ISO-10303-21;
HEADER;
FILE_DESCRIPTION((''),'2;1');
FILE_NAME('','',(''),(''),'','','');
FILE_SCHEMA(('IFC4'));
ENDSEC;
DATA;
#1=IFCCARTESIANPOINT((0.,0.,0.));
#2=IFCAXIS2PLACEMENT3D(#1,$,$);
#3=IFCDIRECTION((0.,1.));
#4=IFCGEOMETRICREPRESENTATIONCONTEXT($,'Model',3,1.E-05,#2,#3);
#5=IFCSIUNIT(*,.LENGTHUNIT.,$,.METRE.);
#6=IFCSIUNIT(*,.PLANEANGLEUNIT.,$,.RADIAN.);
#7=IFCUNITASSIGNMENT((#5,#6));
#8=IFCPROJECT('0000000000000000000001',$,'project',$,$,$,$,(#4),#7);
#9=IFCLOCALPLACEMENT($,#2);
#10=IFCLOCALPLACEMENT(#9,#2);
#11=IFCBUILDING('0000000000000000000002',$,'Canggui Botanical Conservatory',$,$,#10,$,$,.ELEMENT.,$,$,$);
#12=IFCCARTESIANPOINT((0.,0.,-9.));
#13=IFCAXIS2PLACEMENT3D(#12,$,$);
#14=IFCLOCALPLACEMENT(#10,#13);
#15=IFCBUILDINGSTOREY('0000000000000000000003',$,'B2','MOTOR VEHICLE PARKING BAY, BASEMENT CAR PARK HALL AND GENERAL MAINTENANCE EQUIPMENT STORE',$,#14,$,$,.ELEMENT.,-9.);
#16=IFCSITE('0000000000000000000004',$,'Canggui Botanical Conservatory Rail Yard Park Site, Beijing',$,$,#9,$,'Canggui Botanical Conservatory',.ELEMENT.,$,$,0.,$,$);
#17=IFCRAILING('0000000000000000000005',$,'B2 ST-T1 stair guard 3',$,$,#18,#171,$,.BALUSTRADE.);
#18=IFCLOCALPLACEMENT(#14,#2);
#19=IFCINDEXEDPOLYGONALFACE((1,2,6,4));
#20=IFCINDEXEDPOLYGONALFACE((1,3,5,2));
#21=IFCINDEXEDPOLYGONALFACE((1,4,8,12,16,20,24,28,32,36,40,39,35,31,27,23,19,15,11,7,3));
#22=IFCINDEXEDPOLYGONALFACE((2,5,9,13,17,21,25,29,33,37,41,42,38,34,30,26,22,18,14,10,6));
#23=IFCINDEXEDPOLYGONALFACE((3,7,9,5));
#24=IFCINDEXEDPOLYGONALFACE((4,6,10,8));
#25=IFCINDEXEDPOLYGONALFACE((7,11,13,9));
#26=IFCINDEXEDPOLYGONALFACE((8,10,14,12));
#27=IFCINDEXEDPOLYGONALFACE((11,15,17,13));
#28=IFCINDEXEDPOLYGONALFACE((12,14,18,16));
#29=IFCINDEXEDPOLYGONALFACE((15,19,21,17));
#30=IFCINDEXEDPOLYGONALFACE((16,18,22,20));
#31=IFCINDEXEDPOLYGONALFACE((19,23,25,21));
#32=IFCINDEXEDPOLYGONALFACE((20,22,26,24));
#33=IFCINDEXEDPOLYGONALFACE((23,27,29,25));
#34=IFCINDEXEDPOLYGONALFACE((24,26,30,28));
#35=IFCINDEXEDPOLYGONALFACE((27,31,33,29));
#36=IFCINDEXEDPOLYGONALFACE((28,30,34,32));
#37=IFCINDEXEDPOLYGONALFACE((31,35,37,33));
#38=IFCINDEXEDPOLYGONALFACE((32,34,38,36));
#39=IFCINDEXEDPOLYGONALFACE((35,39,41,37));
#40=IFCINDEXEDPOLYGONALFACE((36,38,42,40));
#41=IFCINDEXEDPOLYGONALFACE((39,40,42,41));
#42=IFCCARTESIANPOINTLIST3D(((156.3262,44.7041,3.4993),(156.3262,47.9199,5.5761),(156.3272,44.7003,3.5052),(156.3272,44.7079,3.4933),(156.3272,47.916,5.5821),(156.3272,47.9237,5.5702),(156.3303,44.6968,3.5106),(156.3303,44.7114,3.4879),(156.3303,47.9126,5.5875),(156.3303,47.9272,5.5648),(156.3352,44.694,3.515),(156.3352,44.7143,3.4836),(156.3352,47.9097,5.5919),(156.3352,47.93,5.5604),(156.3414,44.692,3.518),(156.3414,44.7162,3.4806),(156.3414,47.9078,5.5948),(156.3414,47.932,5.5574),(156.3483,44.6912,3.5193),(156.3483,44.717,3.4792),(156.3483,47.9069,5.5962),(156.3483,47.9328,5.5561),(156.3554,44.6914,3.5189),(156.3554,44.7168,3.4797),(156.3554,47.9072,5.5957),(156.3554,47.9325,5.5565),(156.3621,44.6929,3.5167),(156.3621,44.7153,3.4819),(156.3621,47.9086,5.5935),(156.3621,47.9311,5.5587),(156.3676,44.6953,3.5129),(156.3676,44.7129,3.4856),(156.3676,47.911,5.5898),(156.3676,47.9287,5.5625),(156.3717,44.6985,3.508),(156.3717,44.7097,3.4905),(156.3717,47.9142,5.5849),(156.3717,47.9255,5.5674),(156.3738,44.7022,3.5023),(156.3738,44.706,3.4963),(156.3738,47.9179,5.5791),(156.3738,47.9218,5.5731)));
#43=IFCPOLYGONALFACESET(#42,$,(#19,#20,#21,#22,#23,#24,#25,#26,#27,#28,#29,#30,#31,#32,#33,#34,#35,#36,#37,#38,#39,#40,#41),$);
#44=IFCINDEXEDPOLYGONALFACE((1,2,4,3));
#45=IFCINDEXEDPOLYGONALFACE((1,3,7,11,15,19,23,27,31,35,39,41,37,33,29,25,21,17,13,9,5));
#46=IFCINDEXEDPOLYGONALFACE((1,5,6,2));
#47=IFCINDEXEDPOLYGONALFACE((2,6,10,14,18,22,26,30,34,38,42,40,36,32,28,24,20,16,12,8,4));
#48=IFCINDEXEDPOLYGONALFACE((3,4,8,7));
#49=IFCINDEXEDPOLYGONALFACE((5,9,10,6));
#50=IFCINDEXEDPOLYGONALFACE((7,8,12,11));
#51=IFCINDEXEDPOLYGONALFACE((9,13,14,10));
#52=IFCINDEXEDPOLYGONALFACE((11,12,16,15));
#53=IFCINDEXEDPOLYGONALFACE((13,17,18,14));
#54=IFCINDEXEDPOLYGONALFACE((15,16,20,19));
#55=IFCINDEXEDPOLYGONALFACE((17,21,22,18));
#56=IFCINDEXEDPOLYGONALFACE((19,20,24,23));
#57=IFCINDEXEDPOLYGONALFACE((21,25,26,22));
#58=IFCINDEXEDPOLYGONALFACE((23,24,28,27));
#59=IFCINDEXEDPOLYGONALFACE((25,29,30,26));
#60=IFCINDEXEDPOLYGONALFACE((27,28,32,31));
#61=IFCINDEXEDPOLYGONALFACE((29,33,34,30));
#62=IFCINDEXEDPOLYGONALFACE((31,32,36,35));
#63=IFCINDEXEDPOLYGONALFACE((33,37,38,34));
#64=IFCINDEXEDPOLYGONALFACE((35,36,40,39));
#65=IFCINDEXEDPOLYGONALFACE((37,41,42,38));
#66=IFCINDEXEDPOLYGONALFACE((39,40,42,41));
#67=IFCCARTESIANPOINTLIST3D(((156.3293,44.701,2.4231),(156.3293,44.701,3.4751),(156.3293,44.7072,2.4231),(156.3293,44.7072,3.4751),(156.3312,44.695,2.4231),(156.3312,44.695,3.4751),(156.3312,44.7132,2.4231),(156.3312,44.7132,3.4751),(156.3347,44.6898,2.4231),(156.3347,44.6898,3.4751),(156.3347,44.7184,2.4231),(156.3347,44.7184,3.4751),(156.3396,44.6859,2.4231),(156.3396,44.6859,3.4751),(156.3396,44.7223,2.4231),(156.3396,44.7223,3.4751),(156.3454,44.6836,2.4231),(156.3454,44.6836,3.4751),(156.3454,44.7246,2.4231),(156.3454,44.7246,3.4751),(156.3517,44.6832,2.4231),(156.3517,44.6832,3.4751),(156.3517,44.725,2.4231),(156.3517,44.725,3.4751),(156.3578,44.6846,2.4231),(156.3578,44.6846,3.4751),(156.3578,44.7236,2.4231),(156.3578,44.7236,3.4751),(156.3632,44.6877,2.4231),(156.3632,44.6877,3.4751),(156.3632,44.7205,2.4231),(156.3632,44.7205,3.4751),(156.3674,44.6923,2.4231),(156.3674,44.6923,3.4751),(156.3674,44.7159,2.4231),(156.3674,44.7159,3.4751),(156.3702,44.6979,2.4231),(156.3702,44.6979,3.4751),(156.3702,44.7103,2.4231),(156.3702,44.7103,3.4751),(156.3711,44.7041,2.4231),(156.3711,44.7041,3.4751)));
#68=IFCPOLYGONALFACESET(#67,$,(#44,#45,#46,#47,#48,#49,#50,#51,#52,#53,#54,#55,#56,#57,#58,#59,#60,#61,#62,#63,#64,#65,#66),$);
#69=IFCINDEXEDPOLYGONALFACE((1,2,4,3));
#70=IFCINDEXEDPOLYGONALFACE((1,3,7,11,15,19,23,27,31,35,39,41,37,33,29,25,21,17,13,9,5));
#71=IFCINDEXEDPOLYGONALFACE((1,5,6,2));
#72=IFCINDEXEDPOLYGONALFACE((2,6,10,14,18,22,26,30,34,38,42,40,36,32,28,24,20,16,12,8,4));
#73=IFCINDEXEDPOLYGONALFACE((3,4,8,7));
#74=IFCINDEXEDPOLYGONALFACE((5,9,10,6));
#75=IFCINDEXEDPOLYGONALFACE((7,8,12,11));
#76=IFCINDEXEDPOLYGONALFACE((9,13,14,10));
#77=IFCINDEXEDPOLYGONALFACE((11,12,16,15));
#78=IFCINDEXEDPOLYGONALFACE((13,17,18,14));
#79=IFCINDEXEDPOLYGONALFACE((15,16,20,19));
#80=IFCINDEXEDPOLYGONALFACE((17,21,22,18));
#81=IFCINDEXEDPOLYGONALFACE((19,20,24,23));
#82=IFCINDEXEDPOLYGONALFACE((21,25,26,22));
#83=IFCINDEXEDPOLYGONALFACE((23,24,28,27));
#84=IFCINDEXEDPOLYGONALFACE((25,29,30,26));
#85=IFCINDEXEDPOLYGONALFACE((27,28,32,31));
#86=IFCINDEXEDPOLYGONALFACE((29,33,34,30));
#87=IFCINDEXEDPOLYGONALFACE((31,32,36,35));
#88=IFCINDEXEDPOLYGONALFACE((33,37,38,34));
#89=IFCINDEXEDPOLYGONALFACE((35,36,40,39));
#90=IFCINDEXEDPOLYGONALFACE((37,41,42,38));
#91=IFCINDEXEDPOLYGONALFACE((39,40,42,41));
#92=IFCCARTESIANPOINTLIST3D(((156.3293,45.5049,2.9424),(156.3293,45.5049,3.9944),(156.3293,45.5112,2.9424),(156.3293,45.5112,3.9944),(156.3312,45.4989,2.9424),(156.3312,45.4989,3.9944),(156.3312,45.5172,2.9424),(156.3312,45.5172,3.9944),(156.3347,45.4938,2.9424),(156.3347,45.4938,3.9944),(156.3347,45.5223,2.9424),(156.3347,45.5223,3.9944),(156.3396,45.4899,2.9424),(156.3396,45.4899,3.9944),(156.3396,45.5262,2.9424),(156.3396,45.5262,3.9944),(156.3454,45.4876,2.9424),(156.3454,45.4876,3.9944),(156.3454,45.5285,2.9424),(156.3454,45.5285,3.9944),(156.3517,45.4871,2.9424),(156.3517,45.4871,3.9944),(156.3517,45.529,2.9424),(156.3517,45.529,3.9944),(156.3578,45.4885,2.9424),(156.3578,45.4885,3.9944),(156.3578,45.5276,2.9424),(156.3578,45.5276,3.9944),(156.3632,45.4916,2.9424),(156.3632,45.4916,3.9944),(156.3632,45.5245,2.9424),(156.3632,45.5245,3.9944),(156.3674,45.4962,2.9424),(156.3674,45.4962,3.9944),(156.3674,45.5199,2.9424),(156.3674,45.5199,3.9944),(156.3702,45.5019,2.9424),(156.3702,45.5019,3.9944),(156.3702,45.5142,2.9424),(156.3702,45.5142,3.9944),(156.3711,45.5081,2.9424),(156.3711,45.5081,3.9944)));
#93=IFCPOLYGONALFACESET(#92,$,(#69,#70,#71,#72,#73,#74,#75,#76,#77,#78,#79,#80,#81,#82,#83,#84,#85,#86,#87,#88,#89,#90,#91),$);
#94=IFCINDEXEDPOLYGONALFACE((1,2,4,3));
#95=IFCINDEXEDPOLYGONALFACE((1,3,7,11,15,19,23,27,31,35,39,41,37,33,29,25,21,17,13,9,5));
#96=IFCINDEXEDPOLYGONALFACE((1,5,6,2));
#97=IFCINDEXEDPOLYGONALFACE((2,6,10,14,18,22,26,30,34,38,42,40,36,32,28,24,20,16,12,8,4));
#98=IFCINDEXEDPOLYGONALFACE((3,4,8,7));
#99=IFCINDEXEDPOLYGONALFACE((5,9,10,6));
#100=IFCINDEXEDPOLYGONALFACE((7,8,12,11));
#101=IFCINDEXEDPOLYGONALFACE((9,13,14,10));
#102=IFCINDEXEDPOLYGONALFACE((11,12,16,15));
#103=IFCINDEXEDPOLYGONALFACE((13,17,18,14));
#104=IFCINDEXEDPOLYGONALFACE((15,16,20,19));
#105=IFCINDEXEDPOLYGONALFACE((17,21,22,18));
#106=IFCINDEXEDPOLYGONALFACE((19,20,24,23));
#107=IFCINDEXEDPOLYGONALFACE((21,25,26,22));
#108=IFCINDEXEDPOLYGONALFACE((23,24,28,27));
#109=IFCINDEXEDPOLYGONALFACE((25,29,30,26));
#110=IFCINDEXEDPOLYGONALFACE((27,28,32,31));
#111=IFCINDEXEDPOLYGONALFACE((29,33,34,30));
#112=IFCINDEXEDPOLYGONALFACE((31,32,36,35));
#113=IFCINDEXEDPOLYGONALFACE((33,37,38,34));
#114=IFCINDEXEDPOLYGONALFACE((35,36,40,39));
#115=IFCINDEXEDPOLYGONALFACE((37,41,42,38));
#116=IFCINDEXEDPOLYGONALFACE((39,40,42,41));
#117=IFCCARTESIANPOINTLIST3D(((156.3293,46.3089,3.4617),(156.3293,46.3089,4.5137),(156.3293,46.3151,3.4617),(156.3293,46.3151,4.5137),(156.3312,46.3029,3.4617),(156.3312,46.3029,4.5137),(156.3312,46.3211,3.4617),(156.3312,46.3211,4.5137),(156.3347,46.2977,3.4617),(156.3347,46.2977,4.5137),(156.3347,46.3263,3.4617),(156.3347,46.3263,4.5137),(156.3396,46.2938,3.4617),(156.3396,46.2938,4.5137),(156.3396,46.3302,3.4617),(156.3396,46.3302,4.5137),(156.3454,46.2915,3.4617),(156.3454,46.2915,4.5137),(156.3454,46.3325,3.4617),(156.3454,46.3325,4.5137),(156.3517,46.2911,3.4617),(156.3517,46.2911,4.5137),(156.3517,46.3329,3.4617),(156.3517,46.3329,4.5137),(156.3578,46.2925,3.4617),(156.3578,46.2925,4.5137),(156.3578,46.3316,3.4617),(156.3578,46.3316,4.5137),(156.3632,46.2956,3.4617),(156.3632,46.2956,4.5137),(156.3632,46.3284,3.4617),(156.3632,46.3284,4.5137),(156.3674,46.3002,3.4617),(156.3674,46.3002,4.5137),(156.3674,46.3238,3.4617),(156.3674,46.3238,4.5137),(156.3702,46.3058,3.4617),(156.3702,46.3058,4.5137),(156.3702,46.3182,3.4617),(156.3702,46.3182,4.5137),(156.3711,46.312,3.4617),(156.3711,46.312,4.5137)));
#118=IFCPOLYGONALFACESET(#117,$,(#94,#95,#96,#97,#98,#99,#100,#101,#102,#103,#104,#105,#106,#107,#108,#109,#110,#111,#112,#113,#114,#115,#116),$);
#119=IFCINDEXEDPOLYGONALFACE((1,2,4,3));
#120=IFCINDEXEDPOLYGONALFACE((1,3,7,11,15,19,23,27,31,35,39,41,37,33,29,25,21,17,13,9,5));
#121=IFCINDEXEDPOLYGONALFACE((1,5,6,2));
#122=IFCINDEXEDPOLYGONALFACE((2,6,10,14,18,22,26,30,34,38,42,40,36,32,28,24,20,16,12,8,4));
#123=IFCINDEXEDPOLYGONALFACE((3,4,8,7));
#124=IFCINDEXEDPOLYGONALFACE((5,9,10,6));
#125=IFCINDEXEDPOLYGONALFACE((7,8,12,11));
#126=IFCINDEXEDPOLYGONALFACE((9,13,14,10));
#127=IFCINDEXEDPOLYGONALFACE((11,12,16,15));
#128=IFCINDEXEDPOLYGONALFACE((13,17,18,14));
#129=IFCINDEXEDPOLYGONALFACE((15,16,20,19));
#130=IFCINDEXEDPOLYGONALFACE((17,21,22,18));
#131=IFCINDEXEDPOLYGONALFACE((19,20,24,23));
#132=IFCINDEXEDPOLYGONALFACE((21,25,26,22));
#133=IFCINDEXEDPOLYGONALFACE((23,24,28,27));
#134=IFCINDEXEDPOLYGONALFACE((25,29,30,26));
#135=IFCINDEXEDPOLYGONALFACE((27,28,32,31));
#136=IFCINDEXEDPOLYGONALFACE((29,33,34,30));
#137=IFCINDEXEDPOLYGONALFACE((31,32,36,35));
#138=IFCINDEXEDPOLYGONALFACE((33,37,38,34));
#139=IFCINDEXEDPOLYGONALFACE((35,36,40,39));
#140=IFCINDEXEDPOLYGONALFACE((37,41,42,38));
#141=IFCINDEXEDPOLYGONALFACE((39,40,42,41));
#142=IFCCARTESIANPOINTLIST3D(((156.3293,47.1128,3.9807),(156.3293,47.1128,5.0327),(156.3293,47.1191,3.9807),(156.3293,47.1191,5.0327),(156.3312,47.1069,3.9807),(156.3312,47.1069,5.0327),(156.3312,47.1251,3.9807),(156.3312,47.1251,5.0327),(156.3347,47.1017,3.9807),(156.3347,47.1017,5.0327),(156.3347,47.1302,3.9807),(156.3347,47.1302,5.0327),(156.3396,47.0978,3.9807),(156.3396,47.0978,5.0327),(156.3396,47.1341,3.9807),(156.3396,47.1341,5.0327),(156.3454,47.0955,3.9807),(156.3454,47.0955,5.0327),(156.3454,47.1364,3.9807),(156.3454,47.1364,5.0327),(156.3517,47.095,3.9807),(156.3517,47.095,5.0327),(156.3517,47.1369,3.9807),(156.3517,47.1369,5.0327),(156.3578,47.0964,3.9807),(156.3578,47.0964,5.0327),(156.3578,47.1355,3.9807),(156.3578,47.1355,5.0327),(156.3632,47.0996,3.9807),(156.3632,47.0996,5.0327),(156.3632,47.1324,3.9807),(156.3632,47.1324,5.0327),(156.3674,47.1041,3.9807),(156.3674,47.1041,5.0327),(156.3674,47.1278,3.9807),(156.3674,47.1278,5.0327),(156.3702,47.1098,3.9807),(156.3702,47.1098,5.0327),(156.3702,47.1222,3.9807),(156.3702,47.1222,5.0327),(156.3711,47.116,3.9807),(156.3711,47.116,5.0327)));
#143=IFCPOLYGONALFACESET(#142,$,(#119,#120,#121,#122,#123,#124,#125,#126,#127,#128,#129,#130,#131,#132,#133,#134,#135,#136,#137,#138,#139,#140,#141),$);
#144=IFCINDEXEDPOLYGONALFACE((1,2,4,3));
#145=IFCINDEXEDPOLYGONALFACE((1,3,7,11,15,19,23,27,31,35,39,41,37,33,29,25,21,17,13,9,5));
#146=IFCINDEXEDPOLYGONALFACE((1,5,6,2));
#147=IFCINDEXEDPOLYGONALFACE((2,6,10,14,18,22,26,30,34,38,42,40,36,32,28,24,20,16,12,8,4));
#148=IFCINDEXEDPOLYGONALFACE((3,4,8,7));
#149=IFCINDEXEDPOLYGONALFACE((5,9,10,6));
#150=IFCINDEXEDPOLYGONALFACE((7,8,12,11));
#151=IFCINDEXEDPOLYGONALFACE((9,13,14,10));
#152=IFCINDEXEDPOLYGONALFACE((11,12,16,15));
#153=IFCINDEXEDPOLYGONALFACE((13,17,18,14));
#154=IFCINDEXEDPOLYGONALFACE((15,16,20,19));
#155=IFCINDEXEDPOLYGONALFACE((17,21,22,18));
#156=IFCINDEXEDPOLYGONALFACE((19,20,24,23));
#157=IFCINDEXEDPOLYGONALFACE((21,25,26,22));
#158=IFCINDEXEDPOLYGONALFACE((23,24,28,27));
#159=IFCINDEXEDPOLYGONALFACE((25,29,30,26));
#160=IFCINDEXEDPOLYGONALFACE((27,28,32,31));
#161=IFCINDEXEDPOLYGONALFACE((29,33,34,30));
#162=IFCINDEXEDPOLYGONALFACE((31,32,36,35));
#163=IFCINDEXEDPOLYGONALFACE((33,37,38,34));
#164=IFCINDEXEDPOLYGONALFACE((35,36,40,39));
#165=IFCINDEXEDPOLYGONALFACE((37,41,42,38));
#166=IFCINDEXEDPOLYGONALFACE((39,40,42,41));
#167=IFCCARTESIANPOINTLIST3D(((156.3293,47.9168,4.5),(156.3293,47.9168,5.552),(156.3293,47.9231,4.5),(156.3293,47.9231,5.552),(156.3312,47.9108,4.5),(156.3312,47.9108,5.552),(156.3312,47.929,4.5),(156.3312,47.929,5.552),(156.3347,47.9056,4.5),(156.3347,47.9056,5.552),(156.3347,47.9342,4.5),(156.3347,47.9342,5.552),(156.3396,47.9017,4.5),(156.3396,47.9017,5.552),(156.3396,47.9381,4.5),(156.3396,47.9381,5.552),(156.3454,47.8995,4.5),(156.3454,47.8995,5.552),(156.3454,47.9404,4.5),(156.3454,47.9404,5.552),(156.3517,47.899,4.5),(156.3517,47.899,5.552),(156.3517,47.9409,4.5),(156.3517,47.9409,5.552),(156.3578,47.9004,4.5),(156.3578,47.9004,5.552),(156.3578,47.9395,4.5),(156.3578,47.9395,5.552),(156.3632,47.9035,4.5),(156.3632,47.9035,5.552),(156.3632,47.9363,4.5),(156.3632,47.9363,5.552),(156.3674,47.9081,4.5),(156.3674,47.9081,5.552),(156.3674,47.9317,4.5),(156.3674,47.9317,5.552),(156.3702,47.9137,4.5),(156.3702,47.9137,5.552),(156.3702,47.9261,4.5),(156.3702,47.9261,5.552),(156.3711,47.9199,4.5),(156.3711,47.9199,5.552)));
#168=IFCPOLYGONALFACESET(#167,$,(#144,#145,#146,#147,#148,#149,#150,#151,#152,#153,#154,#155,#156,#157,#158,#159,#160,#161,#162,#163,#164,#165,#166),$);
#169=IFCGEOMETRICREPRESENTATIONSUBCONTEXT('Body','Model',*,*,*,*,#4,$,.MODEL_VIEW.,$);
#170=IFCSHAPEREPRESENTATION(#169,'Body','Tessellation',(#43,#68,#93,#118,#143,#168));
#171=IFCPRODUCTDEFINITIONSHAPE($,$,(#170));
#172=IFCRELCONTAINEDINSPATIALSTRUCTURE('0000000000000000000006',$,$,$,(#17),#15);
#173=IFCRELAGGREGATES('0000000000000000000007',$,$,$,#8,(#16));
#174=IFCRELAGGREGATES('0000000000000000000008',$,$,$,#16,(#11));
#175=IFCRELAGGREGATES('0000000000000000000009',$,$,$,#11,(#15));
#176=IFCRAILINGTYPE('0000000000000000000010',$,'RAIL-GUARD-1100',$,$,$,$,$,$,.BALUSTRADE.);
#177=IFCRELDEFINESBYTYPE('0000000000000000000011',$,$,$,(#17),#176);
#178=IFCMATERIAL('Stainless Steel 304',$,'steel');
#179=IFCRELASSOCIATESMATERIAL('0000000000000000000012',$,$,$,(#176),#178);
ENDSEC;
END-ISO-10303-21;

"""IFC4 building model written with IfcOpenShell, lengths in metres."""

from ifc_helpers import new_model, si_unit, direction, frame, origin, origin_2d, place, context, subcontext, project, spatial, circle, extrude, material, type_object, element, save


model = new_model("IFC4")

# Units and contexts
model_context = context("Model", 3, precision=1e-05, world=origin(), true_north=direction((0.0, 1.0)))
body_context = subcontext(model_context, "Body", "Model", "MODEL_VIEW")
ifc_project = project(units=[si_unit("LENGTHUNIT", "METRE"), si_unit("PLANEANGLEUNIT", "RADIAN")], contexts=[model_context])

# Site, building, storey
site_placement = place(None, origin())
site = spatial("IfcSite", under=ifc_project, at=site_placement, Name="Canggui Botanical Conservatory Rail Yard Park Site, Beijing", LongName="Canggui Botanical Conservatory", CompositionType="ELEMENT", RefElevation=0.0)
building_placement = place(site_placement, origin())
building = spatial("IfcBuilding", under=site, at=building_placement, Name="Canggui Botanical Conservatory", CompositionType="ELEMENT")
storey_placement = place(building_placement, frame((0.0, 0.0, -9.0)))
storey = spatial("IfcBuildingStorey", under=building, at=storey_placement, Name="B2", Description="MOTOR VEHICLE PARKING BAY, BASEMENT CAR PARK HALL AND GENERAL MAINTENANCE EQUIPMENT STORE", CompositionType="ELEMENT", Elevation=-9.0)

# Railing
ifc_material_1 = material(Name="Stainless Steel 304", Category="steel")
railing_type_1 = type_object("IfcRailingType", Name="RAIL-GUARD-1100", PredefinedType="BALUSTRADE", material=ifc_material_1)
railing_1_placement = place(storey_placement, frame((156.3501, 44.7041, 2.4231)))
element("IfcRailing", 1, at=railing_1_placement, inside=storey, type_object=railing_type_1, Name="B2 ST-T1 stair guard 3", PredefinedType="BALUSTRADE", context=body_context, shape_type="SweptSolid", body=[
    extrude(circle(Radius=0.0239, at=origin_2d()), frame((0.0, 0.0, 1.0762), z_axis=(0.0, 0.840037, 0.542529), x_axis=(-1.0, 0.0, 0.0)), (0.0, 0.0, 1.0), 3.8281),
    extrude(circle(Radius=0.021, at=origin_2d()), origin(), (0.0, 0.0, 1.0), 1.052),
    extrude(circle(Radius=0.021, at=origin_2d()), frame((0.0, 0.804, 0.5193)), (0.0, 0.0, 1.0), 1.052),
    extrude(circle(Radius=0.021, at=origin_2d()), frame((0.0, 1.6079, 1.0386)), (0.0, 0.0, 1.0), 1.052),
    extrude(circle(Radius=0.021, at=origin_2d()), frame((0.0, 2.4119, 1.5576)), (0.0, 0.0, 1.0), 1.052),
    extrude(circle(Radius=0.021, at=origin_2d()), frame((0.0, 3.2158, 2.0769)), (0.0, 0.0, 1.0), 1.052),
])

save(model, "model.ifc")
